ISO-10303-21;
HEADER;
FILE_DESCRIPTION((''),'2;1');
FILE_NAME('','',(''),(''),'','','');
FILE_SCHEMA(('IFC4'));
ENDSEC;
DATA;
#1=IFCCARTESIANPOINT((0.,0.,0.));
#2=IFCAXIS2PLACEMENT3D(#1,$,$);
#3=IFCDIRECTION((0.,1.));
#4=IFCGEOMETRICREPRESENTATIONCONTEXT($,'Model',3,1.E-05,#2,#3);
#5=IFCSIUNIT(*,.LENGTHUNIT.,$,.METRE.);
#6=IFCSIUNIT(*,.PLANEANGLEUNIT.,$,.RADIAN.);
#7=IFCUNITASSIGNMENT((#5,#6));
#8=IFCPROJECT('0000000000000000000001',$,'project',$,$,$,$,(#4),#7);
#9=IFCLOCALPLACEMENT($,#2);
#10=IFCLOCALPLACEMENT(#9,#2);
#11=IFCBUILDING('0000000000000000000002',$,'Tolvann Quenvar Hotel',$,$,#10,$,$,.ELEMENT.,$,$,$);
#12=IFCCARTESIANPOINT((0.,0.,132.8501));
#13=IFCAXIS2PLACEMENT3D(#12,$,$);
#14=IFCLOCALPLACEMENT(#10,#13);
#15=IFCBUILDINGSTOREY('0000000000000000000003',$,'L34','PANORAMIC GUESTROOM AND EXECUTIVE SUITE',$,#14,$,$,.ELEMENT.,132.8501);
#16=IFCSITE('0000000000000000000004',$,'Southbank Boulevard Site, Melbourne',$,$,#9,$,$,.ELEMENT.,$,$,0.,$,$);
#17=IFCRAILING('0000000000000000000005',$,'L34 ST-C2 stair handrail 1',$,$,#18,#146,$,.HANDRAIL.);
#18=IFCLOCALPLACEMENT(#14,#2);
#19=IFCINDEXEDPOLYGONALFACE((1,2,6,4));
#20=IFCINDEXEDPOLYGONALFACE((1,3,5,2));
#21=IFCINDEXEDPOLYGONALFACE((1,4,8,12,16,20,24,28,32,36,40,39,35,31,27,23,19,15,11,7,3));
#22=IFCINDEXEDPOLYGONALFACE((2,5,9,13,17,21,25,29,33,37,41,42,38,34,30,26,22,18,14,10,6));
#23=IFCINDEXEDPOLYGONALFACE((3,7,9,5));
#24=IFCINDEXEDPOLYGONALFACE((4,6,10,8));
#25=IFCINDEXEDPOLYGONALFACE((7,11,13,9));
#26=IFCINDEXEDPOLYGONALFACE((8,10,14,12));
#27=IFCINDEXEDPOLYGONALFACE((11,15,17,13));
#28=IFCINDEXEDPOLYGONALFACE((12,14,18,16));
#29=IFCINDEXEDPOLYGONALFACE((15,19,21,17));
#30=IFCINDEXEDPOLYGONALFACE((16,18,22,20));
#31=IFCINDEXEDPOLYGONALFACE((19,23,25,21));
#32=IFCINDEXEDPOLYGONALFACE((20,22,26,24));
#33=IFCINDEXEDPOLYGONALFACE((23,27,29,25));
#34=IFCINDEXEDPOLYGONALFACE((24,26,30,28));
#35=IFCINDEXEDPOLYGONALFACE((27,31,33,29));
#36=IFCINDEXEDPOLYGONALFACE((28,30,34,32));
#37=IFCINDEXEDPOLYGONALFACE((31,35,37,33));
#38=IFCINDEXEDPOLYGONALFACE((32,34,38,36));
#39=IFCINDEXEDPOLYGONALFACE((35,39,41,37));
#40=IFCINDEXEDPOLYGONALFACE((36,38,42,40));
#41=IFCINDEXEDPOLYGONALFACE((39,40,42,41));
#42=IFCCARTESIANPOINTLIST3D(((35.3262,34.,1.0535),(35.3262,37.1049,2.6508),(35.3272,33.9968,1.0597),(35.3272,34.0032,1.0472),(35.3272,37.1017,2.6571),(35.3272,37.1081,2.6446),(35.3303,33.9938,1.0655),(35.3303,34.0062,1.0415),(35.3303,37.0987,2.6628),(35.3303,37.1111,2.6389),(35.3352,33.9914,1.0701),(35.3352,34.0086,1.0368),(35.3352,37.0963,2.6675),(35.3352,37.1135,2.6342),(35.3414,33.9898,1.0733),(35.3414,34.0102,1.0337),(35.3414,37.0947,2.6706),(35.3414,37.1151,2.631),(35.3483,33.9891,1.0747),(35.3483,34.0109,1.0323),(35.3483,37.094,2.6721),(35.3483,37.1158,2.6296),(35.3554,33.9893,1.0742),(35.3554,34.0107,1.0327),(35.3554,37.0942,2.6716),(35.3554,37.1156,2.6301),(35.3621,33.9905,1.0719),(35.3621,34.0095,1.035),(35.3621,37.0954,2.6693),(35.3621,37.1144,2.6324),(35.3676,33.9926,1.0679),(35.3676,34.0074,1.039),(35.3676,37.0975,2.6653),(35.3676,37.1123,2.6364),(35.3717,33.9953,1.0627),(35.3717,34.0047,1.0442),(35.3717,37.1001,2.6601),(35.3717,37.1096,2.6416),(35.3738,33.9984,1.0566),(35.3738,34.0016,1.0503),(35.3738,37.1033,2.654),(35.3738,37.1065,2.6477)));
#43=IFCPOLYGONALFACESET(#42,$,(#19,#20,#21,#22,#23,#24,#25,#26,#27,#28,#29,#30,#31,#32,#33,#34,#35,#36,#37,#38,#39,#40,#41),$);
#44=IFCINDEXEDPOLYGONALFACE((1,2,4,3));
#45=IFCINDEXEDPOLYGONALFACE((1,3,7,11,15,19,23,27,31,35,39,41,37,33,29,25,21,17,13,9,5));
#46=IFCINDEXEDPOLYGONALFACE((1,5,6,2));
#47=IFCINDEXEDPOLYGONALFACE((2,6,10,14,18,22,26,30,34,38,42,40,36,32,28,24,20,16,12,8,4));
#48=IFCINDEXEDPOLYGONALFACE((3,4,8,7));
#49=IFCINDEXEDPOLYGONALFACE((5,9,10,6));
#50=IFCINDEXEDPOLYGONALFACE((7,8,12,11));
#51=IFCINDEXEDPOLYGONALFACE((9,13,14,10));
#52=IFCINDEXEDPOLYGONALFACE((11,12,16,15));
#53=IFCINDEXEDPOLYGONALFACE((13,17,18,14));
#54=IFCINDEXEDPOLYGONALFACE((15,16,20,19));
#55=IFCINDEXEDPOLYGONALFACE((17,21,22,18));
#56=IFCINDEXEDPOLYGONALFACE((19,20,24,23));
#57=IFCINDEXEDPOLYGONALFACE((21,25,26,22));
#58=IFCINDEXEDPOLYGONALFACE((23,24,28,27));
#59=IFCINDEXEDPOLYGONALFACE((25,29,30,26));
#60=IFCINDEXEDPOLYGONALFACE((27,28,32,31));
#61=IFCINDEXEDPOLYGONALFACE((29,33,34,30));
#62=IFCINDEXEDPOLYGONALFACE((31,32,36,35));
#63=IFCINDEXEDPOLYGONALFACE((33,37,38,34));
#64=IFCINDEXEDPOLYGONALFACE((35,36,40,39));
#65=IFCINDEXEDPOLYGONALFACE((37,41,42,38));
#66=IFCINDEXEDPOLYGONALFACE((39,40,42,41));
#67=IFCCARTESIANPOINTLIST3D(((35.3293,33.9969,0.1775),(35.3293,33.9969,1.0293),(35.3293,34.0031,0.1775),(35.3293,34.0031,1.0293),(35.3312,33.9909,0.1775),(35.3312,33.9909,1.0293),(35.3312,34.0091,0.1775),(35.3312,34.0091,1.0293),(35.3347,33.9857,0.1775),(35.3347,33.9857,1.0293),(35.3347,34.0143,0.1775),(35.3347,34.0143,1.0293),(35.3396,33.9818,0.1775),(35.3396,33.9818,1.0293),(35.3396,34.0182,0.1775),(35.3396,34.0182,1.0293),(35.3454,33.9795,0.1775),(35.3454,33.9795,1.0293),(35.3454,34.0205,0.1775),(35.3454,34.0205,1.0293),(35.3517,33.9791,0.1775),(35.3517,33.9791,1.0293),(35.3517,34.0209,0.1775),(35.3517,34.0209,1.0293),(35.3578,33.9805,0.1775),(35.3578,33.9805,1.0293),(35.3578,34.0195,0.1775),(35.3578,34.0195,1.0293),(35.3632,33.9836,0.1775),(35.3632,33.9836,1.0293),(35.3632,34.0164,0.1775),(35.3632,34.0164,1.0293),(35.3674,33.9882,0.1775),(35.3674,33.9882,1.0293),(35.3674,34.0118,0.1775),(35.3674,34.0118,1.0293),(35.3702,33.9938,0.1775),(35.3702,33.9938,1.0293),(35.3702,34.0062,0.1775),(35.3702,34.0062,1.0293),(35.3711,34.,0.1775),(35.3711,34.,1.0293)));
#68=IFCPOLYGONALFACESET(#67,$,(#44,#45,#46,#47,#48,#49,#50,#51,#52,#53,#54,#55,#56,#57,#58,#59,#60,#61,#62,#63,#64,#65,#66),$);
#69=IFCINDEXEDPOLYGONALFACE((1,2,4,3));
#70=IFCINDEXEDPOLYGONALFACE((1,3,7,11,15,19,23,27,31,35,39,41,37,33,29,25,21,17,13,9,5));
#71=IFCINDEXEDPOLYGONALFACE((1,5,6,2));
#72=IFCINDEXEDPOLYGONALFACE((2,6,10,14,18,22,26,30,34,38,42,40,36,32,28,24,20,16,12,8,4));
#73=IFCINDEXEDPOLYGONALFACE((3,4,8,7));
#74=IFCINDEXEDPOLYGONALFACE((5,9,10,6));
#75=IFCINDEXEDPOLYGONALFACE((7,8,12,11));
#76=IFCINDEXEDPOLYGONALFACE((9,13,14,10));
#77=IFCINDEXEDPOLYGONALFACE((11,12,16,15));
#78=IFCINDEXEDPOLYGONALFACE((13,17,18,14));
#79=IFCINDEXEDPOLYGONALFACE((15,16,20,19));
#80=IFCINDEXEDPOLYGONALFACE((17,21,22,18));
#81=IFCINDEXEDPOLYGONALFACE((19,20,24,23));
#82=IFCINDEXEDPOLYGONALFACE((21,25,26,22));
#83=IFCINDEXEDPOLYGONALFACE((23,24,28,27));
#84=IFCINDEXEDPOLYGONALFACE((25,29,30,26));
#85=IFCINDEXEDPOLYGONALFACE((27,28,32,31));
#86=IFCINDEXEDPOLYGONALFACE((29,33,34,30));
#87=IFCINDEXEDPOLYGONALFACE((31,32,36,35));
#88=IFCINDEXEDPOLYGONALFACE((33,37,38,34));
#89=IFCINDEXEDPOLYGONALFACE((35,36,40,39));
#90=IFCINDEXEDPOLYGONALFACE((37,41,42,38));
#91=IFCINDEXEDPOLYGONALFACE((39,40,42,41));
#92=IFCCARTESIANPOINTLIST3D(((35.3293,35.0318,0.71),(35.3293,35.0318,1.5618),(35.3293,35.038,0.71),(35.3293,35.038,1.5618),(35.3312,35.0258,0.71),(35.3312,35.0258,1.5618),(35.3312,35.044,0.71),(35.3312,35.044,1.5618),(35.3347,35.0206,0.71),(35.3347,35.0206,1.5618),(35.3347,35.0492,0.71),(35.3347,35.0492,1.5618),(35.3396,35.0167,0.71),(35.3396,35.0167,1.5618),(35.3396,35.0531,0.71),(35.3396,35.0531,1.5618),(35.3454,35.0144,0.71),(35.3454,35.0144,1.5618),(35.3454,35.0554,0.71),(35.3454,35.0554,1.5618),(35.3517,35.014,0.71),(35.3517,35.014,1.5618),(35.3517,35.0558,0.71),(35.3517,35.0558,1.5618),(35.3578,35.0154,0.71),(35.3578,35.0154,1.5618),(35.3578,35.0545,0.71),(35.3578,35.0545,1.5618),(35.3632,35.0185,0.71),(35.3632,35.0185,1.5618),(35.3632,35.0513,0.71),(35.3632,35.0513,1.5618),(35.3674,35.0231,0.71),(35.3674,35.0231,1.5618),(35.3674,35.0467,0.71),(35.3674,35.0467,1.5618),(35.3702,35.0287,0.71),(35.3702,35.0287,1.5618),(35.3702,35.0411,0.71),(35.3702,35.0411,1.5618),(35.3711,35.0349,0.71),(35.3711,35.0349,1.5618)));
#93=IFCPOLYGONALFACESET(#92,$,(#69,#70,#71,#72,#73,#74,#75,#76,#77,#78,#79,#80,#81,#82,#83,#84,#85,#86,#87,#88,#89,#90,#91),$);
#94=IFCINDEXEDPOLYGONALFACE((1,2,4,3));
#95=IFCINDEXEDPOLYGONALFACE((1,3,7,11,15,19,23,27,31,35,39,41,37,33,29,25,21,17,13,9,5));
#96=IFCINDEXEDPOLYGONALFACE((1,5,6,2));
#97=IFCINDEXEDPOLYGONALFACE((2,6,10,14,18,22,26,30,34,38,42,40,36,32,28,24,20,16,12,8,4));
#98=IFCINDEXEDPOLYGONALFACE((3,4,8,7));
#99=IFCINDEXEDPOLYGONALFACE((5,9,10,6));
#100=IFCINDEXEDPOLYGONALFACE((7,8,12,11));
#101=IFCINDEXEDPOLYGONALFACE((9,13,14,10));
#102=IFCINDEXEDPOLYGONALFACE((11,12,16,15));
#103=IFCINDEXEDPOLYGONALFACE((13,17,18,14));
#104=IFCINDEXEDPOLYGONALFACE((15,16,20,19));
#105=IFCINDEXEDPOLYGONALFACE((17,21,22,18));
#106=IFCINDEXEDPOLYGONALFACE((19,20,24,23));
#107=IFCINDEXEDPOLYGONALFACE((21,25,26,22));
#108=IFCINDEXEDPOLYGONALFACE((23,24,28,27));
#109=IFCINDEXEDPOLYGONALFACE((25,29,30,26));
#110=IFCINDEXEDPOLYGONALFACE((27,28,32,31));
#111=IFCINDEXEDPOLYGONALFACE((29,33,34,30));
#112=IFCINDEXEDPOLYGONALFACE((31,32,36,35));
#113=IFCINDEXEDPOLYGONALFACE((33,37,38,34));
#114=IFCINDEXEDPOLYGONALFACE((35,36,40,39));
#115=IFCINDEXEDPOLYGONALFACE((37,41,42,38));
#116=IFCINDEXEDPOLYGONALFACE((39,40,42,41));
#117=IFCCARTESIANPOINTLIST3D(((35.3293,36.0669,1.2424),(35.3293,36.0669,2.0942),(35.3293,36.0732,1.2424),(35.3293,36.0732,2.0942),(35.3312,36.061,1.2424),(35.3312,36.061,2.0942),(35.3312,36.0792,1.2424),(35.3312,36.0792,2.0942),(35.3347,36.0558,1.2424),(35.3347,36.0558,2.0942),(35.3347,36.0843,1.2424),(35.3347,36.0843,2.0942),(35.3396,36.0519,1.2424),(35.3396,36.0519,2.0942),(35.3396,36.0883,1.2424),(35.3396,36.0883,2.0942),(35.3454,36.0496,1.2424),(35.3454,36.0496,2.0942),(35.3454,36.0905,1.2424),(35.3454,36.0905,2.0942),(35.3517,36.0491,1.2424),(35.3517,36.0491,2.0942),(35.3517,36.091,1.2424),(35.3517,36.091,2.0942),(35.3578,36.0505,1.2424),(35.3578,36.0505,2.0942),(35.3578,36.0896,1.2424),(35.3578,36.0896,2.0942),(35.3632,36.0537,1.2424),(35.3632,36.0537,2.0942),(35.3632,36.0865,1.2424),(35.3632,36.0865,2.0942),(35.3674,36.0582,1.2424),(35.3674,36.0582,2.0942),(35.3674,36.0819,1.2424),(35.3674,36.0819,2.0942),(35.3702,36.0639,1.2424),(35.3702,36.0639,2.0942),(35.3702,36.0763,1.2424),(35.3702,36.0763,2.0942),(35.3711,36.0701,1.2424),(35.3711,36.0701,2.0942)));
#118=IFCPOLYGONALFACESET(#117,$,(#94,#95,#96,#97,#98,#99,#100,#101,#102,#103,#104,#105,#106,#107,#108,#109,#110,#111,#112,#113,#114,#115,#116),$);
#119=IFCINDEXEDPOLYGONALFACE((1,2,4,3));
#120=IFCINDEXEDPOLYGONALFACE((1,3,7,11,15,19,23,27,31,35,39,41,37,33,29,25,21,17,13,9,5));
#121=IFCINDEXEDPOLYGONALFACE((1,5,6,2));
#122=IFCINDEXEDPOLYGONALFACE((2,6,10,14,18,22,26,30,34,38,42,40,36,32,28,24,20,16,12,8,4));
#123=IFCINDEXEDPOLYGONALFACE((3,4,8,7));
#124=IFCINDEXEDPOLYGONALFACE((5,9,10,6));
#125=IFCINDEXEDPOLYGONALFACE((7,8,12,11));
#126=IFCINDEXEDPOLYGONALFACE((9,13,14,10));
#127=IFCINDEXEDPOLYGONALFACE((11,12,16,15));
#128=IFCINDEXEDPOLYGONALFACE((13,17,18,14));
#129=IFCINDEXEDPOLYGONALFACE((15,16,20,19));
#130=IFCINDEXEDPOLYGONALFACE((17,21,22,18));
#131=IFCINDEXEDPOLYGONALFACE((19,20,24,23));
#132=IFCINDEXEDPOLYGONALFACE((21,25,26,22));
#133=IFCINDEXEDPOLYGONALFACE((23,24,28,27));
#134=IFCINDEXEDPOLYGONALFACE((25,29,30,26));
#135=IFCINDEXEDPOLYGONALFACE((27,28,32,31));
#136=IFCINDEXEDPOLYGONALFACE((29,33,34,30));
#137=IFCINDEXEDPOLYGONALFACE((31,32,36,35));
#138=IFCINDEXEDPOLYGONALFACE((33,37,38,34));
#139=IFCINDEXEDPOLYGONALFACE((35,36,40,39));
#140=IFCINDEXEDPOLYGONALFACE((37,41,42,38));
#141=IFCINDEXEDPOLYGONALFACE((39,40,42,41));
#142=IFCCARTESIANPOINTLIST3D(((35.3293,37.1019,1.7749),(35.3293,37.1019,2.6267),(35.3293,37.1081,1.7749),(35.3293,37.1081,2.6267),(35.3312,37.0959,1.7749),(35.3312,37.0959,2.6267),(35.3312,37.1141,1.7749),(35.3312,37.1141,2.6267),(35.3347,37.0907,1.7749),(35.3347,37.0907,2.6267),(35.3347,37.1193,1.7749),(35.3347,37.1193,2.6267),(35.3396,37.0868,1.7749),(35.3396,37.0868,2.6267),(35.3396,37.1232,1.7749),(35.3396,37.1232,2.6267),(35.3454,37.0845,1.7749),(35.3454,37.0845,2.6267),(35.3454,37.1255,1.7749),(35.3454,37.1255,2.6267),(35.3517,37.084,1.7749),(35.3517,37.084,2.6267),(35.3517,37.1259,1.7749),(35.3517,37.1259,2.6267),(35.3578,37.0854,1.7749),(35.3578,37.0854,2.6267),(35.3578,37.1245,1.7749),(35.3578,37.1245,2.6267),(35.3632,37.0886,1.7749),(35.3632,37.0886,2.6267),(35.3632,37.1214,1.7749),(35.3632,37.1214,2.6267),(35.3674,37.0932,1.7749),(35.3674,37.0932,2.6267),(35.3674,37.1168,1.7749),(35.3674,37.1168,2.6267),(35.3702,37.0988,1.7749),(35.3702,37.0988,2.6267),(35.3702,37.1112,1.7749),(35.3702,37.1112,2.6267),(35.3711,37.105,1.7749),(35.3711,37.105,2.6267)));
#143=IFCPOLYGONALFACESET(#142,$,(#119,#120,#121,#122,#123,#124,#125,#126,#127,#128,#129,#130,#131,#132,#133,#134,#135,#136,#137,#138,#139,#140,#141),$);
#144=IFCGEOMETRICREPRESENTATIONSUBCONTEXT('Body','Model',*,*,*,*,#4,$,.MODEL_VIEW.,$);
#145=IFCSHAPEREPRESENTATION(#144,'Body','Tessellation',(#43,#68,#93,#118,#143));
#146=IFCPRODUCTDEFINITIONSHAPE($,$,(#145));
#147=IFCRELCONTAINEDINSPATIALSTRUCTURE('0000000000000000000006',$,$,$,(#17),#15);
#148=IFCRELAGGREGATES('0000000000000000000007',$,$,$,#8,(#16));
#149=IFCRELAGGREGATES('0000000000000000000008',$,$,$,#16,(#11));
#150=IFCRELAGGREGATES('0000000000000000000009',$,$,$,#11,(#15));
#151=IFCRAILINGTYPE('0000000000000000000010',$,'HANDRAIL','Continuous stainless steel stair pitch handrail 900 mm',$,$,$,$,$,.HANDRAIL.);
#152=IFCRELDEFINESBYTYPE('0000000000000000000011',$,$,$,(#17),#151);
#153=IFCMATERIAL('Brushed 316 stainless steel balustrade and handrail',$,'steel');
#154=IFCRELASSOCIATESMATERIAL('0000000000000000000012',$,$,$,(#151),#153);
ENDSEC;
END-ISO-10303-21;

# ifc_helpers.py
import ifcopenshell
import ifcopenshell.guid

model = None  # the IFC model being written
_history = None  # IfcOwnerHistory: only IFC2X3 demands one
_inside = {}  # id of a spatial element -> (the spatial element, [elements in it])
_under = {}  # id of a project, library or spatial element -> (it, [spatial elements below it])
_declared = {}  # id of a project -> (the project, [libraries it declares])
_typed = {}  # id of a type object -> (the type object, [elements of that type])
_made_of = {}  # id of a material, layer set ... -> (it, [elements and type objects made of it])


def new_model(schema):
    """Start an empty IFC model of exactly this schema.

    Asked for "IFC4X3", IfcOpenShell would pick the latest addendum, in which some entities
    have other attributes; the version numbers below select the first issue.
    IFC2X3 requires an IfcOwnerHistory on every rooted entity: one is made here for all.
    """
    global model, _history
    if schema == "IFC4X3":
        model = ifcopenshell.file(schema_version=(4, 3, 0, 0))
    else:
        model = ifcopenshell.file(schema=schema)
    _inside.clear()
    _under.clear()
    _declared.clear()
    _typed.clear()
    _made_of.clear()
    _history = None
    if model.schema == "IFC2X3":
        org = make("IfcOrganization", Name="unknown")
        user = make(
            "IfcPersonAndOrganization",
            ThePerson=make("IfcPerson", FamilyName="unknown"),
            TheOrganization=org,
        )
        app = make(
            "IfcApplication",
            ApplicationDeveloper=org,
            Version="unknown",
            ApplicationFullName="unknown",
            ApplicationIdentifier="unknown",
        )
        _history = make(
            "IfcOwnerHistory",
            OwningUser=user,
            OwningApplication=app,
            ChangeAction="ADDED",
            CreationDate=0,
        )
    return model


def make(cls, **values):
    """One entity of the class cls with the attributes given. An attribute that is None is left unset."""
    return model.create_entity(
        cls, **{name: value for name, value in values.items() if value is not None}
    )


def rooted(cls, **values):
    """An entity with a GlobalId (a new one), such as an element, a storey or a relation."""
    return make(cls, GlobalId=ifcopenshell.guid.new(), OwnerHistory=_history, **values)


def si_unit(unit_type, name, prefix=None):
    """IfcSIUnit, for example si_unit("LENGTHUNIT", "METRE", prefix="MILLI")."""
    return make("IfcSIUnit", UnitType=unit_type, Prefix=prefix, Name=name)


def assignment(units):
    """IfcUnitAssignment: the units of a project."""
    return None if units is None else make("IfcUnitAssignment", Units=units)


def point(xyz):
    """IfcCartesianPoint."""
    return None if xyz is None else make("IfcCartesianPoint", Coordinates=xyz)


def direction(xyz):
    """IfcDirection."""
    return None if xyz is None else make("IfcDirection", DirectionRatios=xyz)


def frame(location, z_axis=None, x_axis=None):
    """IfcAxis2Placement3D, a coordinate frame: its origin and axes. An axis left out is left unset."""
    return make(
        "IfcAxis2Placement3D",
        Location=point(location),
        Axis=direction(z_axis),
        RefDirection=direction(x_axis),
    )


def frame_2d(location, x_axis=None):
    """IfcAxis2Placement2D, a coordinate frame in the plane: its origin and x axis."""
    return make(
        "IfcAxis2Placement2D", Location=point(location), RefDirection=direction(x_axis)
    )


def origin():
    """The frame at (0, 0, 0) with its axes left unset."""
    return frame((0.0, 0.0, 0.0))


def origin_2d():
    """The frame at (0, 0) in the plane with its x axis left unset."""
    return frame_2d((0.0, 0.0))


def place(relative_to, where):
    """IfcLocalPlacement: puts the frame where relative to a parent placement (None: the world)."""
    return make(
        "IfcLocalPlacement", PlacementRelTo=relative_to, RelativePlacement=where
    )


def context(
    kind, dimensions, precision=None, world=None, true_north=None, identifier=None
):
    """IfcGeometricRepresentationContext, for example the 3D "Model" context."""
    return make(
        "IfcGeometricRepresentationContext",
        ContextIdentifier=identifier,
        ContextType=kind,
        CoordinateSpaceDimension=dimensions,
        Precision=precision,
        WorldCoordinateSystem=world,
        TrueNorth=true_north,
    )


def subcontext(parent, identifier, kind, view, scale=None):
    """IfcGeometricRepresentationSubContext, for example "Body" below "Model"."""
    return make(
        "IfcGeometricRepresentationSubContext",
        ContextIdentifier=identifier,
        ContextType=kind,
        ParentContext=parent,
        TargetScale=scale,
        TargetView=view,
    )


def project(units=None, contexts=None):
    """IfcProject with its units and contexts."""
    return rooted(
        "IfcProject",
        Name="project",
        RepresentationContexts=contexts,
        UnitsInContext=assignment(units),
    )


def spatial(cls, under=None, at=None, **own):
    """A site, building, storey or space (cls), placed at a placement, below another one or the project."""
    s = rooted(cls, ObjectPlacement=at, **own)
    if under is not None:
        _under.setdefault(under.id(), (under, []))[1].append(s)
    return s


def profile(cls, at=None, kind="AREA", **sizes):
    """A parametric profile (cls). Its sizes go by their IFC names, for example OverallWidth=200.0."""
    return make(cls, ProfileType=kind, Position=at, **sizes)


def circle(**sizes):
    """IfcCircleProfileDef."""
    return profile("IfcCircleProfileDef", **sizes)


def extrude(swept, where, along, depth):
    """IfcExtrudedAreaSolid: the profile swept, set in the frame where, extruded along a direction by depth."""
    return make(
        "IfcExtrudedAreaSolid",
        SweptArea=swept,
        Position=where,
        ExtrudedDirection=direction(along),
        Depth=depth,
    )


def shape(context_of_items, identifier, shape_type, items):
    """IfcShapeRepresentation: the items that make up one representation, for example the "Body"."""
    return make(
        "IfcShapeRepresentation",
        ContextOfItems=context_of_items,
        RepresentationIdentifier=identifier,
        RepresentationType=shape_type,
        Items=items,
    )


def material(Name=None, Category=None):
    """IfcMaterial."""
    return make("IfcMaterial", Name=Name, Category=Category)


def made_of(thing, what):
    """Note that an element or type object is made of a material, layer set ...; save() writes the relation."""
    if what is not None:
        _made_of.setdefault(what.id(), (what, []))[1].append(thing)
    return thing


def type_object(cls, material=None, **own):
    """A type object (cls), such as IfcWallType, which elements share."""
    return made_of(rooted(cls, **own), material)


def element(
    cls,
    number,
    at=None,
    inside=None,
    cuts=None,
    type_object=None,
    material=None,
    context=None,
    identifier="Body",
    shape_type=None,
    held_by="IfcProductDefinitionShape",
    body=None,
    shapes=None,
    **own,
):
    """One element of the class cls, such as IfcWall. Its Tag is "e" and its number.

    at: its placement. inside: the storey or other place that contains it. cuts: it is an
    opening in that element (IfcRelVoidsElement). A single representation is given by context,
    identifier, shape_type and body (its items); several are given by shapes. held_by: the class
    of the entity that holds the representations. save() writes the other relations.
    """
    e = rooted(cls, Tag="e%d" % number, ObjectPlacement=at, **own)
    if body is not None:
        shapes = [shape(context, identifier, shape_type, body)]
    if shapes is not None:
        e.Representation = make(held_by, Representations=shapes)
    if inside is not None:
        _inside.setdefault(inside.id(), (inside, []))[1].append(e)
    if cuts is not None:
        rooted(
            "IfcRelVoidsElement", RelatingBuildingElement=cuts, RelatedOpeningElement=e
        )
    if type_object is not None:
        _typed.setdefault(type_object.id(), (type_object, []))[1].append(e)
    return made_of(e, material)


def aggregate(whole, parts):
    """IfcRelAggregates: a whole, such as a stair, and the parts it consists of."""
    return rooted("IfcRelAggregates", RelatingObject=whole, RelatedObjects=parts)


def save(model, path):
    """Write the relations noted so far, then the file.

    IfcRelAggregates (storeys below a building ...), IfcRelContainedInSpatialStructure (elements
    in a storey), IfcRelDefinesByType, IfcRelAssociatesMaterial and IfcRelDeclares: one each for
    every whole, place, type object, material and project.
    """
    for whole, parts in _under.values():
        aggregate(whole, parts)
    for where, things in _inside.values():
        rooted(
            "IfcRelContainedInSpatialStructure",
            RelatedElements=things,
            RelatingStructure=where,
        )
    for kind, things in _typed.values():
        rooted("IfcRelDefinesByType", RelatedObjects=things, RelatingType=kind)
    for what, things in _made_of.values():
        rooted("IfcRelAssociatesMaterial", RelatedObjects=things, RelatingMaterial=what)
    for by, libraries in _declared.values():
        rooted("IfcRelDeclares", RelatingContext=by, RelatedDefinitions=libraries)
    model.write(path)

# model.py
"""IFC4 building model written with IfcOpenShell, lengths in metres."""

from ifc_helpers import new_model, si_unit, direction, frame, origin, origin_2d, place, context, subcontext, project, spatial, circle, extrude, material, type_object, element, save


model = new_model("IFC4")

# Units and contexts
model_context = context("Model", 3, precision=1e-05, world=origin(), true_north=direction((0.0, 1.0)))
body_context = subcontext(model_context, "Body", "Model", "MODEL_VIEW")
ifc_project = project(units=[si_unit("LENGTHUNIT", "METRE"), si_unit("PLANEANGLEUNIT", "RADIAN")], contexts=[model_context])

# Site, building, storey
site_placement = place(None, origin())
site = spatial("IfcSite", under=ifc_project, at=site_placement, Name="Southbank Boulevard Site, Melbourne", CompositionType="ELEMENT", RefElevation=0.0)
building_placement = place(site_placement, origin())
building = spatial("IfcBuilding", under=site, at=building_placement, Name="Tolvann Quenvar Hotel", CompositionType="ELEMENT")
storey_placement = place(building_placement, frame((0.0, 0.0, 132.8501)))
storey = spatial("IfcBuildingStorey", under=building, at=storey_placement, Name="L34", Description="PANORAMIC GUESTROOM AND EXECUTIVE SUITE", CompositionType="ELEMENT", Elevation=132.8501)

# Railing
ifc_material_1 = material(Name="Brushed 316 stainless steel balustrade and handrail", Category="steel")
railing_type_1 = type_object("IfcRailingType", Name="HANDRAIL", Description="Continuous stainless steel stair pitch handrail 900 mm", PredefinedType="HANDRAIL", material=ifc_material_1)
railing_1_placement = place(storey_placement, frame((35.3501, 34.0, 0.1775)))
element("IfcRailing", 1, at=railing_1_placement, inside=storey, type_object=railing_type_1, Name="L34 ST-C2 stair handrail 1", PredefinedType="HANDRAIL", context=body_context, shape_type="SweptSolid", body=[
    extrude(circle(Radius=0.0239, at=origin_2d()), frame((0.0, 0.0, 0.876), z_axis=(0.0, 0.889222, 0.457476), x_axis=(-1.0, 0.0, 0.0)), (0.0, 0.0, 1.0), 3.4917),
    extrude(circle(Radius=0.021, at=origin_2d()), origin(), (0.0, 0.0, 1.0), 0.8518),
    extrude(circle(Radius=0.021, at=origin_2d()), frame((0.0, 1.0349, 0.5325)), (0.0, 0.0, 1.0), 0.8518),
    extrude(circle(Radius=0.021, at=origin_2d()), frame((0.0, 2.0701, 1.0649)), (0.0, 0.0, 1.0), 0.8518),
    extrude(circle(Radius=0.021, at=origin_2d()), frame((0.0, 3.105, 1.5974)), (0.0, 0.0, 1.0), 0.8518),
])

save(model, "model.ifc")
